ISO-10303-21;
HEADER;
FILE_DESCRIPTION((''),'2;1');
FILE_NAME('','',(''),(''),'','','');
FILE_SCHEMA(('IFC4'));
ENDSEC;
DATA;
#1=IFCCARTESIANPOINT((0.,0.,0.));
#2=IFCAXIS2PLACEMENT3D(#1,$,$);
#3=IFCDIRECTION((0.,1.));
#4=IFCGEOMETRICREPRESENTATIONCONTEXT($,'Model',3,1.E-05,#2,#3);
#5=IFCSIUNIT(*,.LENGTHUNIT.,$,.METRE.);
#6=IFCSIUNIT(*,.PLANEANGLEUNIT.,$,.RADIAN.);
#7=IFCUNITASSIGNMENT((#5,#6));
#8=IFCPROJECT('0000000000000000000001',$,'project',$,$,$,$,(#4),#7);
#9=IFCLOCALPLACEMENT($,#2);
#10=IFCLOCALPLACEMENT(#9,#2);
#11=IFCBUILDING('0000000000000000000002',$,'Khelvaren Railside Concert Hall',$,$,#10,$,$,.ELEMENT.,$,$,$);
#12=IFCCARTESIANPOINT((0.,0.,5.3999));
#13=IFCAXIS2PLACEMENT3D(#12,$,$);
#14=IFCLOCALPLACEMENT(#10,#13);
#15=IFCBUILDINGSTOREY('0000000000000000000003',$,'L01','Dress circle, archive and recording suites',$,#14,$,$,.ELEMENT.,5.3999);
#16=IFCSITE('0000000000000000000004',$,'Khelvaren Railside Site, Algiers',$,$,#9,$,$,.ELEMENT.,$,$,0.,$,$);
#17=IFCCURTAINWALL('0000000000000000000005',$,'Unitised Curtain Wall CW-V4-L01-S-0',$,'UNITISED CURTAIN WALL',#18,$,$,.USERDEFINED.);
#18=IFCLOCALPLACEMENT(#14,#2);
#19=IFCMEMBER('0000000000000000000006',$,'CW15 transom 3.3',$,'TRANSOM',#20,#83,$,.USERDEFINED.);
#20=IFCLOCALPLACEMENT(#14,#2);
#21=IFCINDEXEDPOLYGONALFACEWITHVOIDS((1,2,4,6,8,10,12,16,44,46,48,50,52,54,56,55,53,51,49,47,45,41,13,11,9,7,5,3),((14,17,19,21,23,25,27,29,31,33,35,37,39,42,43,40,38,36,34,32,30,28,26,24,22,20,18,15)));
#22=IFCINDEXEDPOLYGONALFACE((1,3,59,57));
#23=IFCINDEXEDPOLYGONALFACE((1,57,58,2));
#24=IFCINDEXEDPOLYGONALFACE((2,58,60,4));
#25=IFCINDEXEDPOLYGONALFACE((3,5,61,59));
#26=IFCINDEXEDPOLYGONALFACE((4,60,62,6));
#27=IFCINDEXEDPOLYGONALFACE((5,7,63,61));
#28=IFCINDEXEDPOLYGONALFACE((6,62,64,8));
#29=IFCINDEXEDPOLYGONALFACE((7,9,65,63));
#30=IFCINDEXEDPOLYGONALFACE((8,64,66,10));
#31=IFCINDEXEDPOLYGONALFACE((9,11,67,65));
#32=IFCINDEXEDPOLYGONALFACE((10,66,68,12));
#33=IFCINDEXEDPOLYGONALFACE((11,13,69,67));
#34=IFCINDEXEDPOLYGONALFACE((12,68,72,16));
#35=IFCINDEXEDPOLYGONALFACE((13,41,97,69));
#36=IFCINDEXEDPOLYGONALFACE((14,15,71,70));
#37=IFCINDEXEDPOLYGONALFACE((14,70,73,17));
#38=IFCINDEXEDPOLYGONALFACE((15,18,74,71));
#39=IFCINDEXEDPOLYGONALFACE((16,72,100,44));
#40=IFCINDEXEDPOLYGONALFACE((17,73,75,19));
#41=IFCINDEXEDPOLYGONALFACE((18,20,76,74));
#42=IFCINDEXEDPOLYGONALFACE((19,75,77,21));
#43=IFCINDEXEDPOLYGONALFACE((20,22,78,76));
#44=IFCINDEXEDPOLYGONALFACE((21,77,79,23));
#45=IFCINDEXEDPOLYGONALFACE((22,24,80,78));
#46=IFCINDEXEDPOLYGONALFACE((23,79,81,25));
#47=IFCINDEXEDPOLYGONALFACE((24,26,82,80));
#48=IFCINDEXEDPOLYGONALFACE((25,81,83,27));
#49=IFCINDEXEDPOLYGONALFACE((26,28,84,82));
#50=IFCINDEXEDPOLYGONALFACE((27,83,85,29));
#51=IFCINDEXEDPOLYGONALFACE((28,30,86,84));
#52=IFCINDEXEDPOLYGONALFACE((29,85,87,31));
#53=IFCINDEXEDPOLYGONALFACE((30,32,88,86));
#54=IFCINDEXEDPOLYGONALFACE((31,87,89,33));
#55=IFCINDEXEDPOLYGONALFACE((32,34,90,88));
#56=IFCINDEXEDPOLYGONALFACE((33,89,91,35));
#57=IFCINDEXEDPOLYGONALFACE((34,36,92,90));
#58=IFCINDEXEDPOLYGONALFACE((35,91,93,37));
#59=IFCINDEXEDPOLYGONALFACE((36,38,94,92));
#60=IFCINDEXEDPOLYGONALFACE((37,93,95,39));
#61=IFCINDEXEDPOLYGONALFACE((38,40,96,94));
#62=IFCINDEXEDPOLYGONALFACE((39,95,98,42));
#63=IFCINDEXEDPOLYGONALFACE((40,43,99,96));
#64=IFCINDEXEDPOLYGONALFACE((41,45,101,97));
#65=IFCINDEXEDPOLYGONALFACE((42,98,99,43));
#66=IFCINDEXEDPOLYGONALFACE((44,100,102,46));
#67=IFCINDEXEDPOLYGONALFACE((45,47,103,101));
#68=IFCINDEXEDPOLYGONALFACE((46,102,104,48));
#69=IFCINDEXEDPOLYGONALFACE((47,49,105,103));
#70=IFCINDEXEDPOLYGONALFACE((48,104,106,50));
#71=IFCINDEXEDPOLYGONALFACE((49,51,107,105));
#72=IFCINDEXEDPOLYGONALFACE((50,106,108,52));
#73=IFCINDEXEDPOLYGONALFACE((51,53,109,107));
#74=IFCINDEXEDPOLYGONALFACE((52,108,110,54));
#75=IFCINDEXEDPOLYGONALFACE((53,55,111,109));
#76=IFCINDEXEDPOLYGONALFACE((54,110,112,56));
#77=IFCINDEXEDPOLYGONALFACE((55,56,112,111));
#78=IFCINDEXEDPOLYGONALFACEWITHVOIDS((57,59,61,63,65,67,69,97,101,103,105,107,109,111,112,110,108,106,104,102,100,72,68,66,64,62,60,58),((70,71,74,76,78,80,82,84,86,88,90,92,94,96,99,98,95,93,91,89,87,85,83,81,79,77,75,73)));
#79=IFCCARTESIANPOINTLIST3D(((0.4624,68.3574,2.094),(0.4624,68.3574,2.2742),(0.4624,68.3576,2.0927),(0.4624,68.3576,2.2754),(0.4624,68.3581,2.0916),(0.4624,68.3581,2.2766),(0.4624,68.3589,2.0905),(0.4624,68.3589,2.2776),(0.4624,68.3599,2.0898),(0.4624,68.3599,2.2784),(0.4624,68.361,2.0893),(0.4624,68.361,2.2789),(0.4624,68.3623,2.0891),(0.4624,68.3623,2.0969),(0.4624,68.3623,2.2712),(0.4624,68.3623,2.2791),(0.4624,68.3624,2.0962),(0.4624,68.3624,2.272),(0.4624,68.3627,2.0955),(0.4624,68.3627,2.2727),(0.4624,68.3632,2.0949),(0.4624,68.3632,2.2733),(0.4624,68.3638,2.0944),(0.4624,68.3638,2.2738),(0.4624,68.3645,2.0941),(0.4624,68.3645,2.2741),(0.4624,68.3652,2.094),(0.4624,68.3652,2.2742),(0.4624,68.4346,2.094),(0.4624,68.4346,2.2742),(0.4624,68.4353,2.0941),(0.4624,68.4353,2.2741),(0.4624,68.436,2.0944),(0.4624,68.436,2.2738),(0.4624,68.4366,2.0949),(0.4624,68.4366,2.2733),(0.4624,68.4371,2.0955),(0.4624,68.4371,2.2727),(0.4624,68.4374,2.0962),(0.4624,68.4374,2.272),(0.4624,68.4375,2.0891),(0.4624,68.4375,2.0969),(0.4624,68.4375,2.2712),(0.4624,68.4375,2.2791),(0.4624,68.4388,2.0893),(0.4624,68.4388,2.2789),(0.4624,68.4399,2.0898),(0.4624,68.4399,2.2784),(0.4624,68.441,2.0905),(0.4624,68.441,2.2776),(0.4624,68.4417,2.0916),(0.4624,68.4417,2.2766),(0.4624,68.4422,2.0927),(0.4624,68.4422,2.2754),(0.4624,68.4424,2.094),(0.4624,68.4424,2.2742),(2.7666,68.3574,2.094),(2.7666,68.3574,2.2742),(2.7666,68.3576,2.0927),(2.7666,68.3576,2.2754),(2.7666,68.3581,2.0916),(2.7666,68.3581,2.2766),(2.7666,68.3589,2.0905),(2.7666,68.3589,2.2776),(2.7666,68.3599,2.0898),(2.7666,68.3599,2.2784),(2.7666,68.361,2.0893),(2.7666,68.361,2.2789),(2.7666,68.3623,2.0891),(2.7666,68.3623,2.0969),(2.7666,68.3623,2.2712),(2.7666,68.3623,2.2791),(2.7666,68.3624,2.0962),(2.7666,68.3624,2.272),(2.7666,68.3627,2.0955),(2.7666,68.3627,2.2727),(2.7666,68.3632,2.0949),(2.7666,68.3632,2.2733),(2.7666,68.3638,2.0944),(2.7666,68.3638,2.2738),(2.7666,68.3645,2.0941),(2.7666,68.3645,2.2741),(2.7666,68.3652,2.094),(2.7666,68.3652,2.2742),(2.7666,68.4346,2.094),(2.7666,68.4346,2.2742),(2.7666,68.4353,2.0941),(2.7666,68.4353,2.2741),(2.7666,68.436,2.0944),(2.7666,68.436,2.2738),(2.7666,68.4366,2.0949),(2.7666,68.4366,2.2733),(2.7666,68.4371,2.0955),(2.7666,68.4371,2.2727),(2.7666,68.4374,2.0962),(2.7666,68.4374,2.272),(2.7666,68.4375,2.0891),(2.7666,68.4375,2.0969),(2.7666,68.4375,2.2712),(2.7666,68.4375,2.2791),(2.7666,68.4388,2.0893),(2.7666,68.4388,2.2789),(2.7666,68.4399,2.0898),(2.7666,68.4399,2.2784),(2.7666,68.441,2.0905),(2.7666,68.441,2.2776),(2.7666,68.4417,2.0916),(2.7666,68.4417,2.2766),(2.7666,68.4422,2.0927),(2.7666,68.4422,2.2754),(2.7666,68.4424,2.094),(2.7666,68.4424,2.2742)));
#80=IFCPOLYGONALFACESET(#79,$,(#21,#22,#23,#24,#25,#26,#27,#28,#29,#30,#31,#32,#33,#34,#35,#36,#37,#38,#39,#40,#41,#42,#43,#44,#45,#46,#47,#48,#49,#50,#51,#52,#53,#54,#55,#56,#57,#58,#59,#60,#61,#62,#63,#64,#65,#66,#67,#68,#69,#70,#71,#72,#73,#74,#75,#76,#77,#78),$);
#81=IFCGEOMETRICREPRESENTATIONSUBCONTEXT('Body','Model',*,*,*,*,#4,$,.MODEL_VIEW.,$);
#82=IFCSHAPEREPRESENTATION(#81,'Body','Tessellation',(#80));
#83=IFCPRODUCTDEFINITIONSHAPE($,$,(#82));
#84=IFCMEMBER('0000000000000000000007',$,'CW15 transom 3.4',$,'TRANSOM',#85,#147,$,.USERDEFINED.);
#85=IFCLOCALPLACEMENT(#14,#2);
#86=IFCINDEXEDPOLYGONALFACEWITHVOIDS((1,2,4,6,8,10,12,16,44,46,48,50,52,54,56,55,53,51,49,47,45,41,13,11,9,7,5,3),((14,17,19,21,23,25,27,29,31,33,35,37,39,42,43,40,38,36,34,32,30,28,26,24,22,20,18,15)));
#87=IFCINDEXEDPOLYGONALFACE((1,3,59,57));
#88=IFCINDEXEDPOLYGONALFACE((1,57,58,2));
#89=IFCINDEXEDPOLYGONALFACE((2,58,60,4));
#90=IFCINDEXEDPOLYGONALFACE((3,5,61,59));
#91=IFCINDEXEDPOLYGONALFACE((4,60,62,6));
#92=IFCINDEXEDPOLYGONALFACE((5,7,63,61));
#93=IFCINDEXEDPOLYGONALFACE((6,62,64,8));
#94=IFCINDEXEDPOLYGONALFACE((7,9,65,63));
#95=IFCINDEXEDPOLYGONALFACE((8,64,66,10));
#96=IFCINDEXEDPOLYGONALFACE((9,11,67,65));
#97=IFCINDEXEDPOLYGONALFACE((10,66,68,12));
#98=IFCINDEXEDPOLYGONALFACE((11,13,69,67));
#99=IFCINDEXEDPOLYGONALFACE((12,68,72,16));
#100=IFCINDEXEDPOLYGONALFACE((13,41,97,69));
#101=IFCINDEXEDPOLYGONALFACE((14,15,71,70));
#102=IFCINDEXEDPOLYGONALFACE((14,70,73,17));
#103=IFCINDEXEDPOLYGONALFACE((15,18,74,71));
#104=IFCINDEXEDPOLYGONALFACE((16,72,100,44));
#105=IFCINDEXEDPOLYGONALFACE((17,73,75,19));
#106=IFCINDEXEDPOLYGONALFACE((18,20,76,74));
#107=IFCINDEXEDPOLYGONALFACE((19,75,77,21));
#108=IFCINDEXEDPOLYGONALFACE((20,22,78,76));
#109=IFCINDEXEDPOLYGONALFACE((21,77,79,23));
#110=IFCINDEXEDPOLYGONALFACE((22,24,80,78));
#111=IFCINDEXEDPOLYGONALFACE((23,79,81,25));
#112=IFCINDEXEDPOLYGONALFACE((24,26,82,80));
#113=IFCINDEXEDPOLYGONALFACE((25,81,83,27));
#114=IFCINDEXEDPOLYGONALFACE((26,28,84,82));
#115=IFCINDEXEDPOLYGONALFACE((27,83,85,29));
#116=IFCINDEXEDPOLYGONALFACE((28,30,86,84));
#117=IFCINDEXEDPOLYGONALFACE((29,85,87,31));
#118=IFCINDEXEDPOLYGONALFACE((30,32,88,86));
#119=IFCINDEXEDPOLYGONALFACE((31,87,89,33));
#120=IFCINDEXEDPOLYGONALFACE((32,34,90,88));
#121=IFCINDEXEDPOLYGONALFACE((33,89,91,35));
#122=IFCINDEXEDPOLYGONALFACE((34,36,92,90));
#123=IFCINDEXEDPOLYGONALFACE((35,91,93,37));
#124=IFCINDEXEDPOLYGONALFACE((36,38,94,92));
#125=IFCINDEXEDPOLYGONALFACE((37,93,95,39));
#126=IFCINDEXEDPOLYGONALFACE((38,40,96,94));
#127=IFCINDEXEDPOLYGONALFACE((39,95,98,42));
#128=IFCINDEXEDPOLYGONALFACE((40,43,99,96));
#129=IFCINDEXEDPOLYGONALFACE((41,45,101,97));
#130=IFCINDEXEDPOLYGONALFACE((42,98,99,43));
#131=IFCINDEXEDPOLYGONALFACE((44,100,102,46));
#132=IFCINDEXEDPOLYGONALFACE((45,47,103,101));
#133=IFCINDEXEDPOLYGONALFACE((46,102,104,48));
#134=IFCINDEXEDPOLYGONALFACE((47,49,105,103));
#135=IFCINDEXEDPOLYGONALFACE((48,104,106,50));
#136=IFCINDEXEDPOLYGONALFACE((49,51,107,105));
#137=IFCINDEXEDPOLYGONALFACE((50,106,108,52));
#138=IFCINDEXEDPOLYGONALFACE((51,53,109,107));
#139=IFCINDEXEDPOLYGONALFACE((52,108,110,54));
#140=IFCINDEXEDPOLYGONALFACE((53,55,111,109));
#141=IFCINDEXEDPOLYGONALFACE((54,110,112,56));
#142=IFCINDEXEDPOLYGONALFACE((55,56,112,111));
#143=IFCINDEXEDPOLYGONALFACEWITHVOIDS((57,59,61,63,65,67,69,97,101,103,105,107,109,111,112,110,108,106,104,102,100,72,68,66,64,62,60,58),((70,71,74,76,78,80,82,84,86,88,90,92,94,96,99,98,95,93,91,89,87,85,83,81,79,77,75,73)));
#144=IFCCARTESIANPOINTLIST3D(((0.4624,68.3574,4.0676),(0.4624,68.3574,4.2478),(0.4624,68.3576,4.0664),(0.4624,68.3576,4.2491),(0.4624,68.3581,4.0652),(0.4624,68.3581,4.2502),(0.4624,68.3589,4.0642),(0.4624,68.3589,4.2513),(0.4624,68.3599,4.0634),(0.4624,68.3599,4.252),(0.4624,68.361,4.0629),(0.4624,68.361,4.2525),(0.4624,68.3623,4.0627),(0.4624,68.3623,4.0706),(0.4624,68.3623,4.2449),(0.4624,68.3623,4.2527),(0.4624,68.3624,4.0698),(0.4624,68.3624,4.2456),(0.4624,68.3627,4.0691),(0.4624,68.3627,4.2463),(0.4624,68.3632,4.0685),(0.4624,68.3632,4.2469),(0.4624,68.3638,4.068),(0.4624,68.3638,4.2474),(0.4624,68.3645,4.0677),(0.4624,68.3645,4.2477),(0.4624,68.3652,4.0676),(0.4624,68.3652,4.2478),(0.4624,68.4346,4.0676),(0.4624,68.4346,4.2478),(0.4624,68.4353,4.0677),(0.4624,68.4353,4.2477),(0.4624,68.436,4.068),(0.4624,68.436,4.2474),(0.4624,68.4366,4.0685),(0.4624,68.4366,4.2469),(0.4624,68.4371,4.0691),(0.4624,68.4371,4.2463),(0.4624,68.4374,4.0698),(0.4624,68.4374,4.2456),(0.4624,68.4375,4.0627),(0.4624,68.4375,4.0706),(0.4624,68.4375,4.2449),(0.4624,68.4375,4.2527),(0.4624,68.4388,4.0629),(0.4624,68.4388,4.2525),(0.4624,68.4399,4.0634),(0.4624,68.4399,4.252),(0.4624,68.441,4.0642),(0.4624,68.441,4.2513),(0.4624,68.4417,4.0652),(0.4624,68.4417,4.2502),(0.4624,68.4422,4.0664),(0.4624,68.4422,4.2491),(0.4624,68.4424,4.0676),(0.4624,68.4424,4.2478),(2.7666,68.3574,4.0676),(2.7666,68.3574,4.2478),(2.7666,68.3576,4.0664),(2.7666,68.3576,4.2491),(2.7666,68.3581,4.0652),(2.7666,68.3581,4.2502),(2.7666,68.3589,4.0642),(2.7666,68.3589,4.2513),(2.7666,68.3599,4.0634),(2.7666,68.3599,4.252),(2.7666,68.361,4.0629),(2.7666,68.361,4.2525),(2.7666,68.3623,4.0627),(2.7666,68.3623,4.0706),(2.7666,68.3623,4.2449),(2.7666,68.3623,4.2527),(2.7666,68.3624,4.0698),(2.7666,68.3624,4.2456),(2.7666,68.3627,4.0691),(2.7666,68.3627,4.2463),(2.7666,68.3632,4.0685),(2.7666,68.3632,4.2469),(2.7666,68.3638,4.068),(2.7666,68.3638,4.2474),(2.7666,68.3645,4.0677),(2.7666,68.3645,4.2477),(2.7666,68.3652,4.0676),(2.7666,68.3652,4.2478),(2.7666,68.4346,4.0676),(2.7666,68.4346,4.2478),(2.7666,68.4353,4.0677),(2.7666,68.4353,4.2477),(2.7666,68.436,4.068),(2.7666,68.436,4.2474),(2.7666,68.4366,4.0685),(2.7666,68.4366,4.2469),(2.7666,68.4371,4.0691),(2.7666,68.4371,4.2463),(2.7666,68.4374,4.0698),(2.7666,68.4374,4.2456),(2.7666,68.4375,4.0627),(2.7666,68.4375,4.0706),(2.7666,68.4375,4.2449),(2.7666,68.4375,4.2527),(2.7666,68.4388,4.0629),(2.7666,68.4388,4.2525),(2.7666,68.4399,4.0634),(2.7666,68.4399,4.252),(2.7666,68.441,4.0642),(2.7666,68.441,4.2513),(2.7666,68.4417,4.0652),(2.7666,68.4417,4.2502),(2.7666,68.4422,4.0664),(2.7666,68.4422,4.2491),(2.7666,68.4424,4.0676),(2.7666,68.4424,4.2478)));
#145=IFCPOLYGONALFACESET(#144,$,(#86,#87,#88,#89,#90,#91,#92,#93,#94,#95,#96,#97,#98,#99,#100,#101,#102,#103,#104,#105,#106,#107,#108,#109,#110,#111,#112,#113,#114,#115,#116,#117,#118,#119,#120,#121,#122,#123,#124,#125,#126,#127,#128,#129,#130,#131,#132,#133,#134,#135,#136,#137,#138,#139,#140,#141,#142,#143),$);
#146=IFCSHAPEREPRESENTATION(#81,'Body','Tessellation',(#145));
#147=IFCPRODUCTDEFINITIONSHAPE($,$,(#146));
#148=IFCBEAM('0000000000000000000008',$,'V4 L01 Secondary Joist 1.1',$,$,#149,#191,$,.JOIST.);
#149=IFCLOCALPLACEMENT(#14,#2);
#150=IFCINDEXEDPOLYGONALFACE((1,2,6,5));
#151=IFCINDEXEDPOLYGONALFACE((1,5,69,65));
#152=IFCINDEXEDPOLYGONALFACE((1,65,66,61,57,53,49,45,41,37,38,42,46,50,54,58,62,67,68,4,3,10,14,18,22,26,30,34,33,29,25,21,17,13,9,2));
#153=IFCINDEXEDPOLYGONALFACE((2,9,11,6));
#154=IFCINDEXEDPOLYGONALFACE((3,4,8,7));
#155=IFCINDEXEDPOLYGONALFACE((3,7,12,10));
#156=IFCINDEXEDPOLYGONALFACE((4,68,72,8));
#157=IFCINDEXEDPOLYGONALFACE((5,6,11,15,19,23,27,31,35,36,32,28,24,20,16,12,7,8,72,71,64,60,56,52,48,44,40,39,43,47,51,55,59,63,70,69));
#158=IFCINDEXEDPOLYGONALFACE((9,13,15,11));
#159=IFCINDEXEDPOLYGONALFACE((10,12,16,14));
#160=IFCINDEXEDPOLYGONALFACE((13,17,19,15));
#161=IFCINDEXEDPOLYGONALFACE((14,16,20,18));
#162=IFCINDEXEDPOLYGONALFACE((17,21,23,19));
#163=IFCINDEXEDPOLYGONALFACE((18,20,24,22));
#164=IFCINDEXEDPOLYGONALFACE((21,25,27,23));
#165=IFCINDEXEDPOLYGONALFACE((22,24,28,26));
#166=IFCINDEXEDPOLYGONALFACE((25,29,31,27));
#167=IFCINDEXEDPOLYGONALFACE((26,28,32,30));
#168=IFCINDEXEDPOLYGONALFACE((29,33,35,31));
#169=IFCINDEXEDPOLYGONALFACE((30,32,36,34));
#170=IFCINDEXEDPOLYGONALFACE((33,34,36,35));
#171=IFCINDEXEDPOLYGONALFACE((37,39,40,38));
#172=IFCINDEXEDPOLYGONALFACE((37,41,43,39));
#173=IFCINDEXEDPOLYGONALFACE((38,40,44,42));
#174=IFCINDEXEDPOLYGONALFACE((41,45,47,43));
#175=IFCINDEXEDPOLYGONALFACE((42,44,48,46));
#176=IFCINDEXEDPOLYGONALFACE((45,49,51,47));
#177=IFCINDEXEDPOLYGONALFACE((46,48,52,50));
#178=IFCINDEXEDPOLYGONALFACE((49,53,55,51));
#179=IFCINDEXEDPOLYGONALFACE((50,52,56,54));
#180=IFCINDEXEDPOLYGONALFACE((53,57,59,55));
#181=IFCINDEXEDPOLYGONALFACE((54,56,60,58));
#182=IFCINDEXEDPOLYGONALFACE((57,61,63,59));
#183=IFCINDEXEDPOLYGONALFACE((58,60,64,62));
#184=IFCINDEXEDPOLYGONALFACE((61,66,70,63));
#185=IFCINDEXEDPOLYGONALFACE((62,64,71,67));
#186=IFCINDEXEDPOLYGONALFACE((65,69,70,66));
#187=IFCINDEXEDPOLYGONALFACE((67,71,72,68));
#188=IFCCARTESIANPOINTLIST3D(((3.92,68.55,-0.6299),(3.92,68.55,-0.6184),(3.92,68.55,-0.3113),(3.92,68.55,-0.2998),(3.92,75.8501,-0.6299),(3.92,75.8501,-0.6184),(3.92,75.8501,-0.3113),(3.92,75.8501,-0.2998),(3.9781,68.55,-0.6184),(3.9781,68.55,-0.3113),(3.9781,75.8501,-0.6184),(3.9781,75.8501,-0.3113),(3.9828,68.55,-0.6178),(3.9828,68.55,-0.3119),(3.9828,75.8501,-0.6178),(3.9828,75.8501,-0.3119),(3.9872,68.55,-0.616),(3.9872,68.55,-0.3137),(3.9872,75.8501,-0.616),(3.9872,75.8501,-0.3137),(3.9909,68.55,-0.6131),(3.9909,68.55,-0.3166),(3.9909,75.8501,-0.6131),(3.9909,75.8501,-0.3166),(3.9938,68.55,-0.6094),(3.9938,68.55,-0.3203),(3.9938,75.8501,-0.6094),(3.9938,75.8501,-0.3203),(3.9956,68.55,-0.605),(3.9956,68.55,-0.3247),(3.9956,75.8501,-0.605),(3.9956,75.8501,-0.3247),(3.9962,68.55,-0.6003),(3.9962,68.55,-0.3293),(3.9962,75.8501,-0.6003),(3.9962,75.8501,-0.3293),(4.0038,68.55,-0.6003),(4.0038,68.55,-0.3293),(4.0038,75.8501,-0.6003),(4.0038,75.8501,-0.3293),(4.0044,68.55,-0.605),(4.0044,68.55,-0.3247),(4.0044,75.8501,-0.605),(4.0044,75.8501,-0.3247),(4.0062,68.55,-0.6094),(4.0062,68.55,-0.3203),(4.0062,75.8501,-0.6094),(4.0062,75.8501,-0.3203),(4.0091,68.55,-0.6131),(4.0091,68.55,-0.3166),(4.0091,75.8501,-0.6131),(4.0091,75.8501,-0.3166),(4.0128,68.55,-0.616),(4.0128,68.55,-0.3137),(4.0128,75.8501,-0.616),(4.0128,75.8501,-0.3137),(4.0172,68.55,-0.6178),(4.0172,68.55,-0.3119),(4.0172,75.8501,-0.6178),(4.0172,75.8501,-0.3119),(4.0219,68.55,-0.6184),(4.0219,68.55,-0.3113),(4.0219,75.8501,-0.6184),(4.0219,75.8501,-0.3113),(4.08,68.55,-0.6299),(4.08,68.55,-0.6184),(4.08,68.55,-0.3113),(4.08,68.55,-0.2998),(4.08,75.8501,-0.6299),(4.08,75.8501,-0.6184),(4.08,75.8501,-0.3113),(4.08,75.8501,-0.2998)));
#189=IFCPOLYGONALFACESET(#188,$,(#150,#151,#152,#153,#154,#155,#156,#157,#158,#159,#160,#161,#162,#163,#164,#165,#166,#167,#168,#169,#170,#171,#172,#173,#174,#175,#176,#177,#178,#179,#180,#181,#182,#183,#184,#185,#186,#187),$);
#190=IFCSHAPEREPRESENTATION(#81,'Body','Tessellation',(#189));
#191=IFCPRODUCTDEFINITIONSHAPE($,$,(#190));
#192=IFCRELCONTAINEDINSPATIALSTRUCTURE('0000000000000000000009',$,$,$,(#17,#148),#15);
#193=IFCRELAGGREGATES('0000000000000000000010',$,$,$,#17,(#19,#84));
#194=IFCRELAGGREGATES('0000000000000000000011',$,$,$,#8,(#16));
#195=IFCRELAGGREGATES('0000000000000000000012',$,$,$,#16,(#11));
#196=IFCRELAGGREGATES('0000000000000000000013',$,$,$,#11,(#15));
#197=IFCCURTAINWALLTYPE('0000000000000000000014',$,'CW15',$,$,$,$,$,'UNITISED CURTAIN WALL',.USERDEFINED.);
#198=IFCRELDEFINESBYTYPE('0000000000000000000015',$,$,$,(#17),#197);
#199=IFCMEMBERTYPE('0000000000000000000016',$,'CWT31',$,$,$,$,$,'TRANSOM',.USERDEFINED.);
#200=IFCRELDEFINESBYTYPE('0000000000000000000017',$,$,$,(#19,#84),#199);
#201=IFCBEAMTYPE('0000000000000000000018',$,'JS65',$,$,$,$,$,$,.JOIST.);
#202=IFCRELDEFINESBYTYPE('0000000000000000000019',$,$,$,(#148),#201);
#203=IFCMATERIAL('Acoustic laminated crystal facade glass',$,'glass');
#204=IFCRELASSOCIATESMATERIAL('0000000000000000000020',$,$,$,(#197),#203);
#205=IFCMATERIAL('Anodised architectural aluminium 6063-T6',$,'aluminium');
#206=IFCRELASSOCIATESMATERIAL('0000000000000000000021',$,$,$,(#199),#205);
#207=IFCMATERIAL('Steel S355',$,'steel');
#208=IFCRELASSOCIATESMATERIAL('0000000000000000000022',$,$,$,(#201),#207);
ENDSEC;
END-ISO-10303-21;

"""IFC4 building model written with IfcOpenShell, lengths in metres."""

from ifc_helpers import new_model, si_unit, direction, frame, origin, origin_2d, place, context, subcontext, project, spatial, hollow_rectangle, i_section, extrude, material, material_profile, profile_set, type_object, element, aggregate, save


model = new_model("IFC4")

# Units and contexts
model_context = context("Model", 3, precision=1e-05, world=origin(), true_north=direction((0.0, 1.0)))
body_context = subcontext(model_context, "Body", "Model", "MODEL_VIEW")
ifc_project = project(units=[si_unit("LENGTHUNIT", "METRE"), si_unit("PLANEANGLEUNIT", "RADIAN")], contexts=[model_context])

# Site, building, storey
site_placement = place(None, origin())
site = spatial("IfcSite", under=ifc_project, at=site_placement, Name="Khelvaren Railside Site, Algiers", CompositionType="ELEMENT", RefElevation=0.0)
building_placement = place(site_placement, origin())
building = spatial("IfcBuilding", under=site, at=building_placement, Name="Khelvaren Railside Concert Hall", CompositionType="ELEMENT")
storey_placement = place(building_placement, frame((0.0, 0.0, 5.3999)))
storey = spatial("IfcBuildingStorey", under=building, at=storey_placement, Name="L01", Description="Dress circle, archive and recording suites", CompositionType="ELEMENT", Elevation=5.3999)

# Shared definitions
ifc_material_1 = material(Name="Steel S355", Category="steel")

# Curtain wall, members
ifc_material_2 = material(Name="Acoustic laminated crystal facade glass", Category="glass")
curtain_wall_type = type_object("IfcCurtainWallType", Name="CW15", ElementType="UNITISED CURTAIN WALL", PredefinedType="USERDEFINED", material=ifc_material_2)
curtain_wall_placement = place(storey_placement, origin())
curtain_wall = element("IfcCurtainWall", 1, at=curtain_wall_placement, inside=storey, type_object=curtain_wall_type, Name="Unitised Curtain Wall CW-V4-L01-S-0", ObjectType="UNITISED CURTAIN WALL", PredefinedType="USERDEFINED")
ifc_material_3 = material(Name="Anodised architectural aluminium 6063-T6", Category="aluminium")
ifc_material_profile_1 = material_profile(ifc_material_3, hollow_rectangle(XDim=0.085, YDim=0.1899, WallThickness=0.0049, InnerFilletRadius=0.0029, OuterFilletRadius=0.0049, at=origin_2d()), Name="CWT 85x190x5")
ifc_profile_set_1 = profile_set([ifc_material_profile_1], Name="Anodised architectural aluminium 6063-T6")
member_type_1 = type_object("IfcMemberType", Name="CWT31", ElementType="TRANSOM", PredefinedType="USERDEFINED", material=ifc_profile_set_1)
member_1_placement = place(storey_placement, frame((2.7666, 68.3999, 2.1841), z_axis=(-1.0, 0.0, 0.0), x_axis=(0.0, -1.0, 0.0)))
member_1 = element("IfcMember", 2, at=member_1_placement, type_object=member_type_1, Name="CW15 transom 3.3", ObjectType="TRANSOM", PredefinedType="USERDEFINED", context=body_context, shape_type="SweptSolid", body=[
    extrude(hollow_rectangle(XDim=0.085, YDim=0.1899, WallThickness=0.0049, InnerFilletRadius=0.0029, OuterFilletRadius=0.0049, at=origin_2d()), origin(), (0.0, 0.0, 1.0), 2.3042),
])
member_2_placement = place(storey_placement, frame((2.7666, 68.3999, 4.1577), z_axis=(-1.0, 0.0, 0.0), x_axis=(0.0, -1.0, 0.0)))
member_2 = element("IfcMember", 3, at=member_2_placement, type_object=member_type_1, Name="CW15 transom 3.4", ObjectType="TRANSOM", PredefinedType="USERDEFINED", context=body_context, shape_type="SweptSolid", body=[
    extrude(hollow_rectangle(XDim=0.085, YDim=0.1899, WallThickness=0.0049, InnerFilletRadius=0.0029, OuterFilletRadius=0.0049, at=origin_2d()), origin(), (0.0, 0.0, 1.0), 2.3042),
])

# Beam
ifc_material_profile_2 = material_profile(ifc_material_1, i_section(OverallWidth=0.1599, OverallDepth=0.3301, WebThickness=0.0076, FlangeThickness=0.0115, FilletRadius=0.0181, at=origin_2d()), Name="IPE 330")
ifc_profile_set_2 = profile_set([ifc_material_profile_2], Name="Steel S355")
beam_type_1 = type_object("IfcBeamType", Name="JS65", PredefinedType="JOIST", material=ifc_profile_set_2)
beam_1_placement = place(storey_placement, frame((4.0, 68.55, -0.4648), z_axis=(0.0, 1.0, 0.0), x_axis=(-1.0, 0.0, 0.0)))
element("IfcBeam", 4, at=beam_1_placement, inside=storey, type_object=beam_type_1, Name="V4 L01 Secondary Joist 1.1", PredefinedType="JOIST", context=body_context, shape_type="SweptSolid", body=[
    extrude(i_section(OverallWidth=0.1599, OverallDepth=0.3301, WebThickness=0.0076, FlangeThickness=0.0115, FilletRadius=0.0181, at=origin_2d()), origin(), (0.0, 0.0, 1.0), 7.3),
])

aggregate(curtain_wall, [member_1, member_2])

save(model, "model.ifc")
